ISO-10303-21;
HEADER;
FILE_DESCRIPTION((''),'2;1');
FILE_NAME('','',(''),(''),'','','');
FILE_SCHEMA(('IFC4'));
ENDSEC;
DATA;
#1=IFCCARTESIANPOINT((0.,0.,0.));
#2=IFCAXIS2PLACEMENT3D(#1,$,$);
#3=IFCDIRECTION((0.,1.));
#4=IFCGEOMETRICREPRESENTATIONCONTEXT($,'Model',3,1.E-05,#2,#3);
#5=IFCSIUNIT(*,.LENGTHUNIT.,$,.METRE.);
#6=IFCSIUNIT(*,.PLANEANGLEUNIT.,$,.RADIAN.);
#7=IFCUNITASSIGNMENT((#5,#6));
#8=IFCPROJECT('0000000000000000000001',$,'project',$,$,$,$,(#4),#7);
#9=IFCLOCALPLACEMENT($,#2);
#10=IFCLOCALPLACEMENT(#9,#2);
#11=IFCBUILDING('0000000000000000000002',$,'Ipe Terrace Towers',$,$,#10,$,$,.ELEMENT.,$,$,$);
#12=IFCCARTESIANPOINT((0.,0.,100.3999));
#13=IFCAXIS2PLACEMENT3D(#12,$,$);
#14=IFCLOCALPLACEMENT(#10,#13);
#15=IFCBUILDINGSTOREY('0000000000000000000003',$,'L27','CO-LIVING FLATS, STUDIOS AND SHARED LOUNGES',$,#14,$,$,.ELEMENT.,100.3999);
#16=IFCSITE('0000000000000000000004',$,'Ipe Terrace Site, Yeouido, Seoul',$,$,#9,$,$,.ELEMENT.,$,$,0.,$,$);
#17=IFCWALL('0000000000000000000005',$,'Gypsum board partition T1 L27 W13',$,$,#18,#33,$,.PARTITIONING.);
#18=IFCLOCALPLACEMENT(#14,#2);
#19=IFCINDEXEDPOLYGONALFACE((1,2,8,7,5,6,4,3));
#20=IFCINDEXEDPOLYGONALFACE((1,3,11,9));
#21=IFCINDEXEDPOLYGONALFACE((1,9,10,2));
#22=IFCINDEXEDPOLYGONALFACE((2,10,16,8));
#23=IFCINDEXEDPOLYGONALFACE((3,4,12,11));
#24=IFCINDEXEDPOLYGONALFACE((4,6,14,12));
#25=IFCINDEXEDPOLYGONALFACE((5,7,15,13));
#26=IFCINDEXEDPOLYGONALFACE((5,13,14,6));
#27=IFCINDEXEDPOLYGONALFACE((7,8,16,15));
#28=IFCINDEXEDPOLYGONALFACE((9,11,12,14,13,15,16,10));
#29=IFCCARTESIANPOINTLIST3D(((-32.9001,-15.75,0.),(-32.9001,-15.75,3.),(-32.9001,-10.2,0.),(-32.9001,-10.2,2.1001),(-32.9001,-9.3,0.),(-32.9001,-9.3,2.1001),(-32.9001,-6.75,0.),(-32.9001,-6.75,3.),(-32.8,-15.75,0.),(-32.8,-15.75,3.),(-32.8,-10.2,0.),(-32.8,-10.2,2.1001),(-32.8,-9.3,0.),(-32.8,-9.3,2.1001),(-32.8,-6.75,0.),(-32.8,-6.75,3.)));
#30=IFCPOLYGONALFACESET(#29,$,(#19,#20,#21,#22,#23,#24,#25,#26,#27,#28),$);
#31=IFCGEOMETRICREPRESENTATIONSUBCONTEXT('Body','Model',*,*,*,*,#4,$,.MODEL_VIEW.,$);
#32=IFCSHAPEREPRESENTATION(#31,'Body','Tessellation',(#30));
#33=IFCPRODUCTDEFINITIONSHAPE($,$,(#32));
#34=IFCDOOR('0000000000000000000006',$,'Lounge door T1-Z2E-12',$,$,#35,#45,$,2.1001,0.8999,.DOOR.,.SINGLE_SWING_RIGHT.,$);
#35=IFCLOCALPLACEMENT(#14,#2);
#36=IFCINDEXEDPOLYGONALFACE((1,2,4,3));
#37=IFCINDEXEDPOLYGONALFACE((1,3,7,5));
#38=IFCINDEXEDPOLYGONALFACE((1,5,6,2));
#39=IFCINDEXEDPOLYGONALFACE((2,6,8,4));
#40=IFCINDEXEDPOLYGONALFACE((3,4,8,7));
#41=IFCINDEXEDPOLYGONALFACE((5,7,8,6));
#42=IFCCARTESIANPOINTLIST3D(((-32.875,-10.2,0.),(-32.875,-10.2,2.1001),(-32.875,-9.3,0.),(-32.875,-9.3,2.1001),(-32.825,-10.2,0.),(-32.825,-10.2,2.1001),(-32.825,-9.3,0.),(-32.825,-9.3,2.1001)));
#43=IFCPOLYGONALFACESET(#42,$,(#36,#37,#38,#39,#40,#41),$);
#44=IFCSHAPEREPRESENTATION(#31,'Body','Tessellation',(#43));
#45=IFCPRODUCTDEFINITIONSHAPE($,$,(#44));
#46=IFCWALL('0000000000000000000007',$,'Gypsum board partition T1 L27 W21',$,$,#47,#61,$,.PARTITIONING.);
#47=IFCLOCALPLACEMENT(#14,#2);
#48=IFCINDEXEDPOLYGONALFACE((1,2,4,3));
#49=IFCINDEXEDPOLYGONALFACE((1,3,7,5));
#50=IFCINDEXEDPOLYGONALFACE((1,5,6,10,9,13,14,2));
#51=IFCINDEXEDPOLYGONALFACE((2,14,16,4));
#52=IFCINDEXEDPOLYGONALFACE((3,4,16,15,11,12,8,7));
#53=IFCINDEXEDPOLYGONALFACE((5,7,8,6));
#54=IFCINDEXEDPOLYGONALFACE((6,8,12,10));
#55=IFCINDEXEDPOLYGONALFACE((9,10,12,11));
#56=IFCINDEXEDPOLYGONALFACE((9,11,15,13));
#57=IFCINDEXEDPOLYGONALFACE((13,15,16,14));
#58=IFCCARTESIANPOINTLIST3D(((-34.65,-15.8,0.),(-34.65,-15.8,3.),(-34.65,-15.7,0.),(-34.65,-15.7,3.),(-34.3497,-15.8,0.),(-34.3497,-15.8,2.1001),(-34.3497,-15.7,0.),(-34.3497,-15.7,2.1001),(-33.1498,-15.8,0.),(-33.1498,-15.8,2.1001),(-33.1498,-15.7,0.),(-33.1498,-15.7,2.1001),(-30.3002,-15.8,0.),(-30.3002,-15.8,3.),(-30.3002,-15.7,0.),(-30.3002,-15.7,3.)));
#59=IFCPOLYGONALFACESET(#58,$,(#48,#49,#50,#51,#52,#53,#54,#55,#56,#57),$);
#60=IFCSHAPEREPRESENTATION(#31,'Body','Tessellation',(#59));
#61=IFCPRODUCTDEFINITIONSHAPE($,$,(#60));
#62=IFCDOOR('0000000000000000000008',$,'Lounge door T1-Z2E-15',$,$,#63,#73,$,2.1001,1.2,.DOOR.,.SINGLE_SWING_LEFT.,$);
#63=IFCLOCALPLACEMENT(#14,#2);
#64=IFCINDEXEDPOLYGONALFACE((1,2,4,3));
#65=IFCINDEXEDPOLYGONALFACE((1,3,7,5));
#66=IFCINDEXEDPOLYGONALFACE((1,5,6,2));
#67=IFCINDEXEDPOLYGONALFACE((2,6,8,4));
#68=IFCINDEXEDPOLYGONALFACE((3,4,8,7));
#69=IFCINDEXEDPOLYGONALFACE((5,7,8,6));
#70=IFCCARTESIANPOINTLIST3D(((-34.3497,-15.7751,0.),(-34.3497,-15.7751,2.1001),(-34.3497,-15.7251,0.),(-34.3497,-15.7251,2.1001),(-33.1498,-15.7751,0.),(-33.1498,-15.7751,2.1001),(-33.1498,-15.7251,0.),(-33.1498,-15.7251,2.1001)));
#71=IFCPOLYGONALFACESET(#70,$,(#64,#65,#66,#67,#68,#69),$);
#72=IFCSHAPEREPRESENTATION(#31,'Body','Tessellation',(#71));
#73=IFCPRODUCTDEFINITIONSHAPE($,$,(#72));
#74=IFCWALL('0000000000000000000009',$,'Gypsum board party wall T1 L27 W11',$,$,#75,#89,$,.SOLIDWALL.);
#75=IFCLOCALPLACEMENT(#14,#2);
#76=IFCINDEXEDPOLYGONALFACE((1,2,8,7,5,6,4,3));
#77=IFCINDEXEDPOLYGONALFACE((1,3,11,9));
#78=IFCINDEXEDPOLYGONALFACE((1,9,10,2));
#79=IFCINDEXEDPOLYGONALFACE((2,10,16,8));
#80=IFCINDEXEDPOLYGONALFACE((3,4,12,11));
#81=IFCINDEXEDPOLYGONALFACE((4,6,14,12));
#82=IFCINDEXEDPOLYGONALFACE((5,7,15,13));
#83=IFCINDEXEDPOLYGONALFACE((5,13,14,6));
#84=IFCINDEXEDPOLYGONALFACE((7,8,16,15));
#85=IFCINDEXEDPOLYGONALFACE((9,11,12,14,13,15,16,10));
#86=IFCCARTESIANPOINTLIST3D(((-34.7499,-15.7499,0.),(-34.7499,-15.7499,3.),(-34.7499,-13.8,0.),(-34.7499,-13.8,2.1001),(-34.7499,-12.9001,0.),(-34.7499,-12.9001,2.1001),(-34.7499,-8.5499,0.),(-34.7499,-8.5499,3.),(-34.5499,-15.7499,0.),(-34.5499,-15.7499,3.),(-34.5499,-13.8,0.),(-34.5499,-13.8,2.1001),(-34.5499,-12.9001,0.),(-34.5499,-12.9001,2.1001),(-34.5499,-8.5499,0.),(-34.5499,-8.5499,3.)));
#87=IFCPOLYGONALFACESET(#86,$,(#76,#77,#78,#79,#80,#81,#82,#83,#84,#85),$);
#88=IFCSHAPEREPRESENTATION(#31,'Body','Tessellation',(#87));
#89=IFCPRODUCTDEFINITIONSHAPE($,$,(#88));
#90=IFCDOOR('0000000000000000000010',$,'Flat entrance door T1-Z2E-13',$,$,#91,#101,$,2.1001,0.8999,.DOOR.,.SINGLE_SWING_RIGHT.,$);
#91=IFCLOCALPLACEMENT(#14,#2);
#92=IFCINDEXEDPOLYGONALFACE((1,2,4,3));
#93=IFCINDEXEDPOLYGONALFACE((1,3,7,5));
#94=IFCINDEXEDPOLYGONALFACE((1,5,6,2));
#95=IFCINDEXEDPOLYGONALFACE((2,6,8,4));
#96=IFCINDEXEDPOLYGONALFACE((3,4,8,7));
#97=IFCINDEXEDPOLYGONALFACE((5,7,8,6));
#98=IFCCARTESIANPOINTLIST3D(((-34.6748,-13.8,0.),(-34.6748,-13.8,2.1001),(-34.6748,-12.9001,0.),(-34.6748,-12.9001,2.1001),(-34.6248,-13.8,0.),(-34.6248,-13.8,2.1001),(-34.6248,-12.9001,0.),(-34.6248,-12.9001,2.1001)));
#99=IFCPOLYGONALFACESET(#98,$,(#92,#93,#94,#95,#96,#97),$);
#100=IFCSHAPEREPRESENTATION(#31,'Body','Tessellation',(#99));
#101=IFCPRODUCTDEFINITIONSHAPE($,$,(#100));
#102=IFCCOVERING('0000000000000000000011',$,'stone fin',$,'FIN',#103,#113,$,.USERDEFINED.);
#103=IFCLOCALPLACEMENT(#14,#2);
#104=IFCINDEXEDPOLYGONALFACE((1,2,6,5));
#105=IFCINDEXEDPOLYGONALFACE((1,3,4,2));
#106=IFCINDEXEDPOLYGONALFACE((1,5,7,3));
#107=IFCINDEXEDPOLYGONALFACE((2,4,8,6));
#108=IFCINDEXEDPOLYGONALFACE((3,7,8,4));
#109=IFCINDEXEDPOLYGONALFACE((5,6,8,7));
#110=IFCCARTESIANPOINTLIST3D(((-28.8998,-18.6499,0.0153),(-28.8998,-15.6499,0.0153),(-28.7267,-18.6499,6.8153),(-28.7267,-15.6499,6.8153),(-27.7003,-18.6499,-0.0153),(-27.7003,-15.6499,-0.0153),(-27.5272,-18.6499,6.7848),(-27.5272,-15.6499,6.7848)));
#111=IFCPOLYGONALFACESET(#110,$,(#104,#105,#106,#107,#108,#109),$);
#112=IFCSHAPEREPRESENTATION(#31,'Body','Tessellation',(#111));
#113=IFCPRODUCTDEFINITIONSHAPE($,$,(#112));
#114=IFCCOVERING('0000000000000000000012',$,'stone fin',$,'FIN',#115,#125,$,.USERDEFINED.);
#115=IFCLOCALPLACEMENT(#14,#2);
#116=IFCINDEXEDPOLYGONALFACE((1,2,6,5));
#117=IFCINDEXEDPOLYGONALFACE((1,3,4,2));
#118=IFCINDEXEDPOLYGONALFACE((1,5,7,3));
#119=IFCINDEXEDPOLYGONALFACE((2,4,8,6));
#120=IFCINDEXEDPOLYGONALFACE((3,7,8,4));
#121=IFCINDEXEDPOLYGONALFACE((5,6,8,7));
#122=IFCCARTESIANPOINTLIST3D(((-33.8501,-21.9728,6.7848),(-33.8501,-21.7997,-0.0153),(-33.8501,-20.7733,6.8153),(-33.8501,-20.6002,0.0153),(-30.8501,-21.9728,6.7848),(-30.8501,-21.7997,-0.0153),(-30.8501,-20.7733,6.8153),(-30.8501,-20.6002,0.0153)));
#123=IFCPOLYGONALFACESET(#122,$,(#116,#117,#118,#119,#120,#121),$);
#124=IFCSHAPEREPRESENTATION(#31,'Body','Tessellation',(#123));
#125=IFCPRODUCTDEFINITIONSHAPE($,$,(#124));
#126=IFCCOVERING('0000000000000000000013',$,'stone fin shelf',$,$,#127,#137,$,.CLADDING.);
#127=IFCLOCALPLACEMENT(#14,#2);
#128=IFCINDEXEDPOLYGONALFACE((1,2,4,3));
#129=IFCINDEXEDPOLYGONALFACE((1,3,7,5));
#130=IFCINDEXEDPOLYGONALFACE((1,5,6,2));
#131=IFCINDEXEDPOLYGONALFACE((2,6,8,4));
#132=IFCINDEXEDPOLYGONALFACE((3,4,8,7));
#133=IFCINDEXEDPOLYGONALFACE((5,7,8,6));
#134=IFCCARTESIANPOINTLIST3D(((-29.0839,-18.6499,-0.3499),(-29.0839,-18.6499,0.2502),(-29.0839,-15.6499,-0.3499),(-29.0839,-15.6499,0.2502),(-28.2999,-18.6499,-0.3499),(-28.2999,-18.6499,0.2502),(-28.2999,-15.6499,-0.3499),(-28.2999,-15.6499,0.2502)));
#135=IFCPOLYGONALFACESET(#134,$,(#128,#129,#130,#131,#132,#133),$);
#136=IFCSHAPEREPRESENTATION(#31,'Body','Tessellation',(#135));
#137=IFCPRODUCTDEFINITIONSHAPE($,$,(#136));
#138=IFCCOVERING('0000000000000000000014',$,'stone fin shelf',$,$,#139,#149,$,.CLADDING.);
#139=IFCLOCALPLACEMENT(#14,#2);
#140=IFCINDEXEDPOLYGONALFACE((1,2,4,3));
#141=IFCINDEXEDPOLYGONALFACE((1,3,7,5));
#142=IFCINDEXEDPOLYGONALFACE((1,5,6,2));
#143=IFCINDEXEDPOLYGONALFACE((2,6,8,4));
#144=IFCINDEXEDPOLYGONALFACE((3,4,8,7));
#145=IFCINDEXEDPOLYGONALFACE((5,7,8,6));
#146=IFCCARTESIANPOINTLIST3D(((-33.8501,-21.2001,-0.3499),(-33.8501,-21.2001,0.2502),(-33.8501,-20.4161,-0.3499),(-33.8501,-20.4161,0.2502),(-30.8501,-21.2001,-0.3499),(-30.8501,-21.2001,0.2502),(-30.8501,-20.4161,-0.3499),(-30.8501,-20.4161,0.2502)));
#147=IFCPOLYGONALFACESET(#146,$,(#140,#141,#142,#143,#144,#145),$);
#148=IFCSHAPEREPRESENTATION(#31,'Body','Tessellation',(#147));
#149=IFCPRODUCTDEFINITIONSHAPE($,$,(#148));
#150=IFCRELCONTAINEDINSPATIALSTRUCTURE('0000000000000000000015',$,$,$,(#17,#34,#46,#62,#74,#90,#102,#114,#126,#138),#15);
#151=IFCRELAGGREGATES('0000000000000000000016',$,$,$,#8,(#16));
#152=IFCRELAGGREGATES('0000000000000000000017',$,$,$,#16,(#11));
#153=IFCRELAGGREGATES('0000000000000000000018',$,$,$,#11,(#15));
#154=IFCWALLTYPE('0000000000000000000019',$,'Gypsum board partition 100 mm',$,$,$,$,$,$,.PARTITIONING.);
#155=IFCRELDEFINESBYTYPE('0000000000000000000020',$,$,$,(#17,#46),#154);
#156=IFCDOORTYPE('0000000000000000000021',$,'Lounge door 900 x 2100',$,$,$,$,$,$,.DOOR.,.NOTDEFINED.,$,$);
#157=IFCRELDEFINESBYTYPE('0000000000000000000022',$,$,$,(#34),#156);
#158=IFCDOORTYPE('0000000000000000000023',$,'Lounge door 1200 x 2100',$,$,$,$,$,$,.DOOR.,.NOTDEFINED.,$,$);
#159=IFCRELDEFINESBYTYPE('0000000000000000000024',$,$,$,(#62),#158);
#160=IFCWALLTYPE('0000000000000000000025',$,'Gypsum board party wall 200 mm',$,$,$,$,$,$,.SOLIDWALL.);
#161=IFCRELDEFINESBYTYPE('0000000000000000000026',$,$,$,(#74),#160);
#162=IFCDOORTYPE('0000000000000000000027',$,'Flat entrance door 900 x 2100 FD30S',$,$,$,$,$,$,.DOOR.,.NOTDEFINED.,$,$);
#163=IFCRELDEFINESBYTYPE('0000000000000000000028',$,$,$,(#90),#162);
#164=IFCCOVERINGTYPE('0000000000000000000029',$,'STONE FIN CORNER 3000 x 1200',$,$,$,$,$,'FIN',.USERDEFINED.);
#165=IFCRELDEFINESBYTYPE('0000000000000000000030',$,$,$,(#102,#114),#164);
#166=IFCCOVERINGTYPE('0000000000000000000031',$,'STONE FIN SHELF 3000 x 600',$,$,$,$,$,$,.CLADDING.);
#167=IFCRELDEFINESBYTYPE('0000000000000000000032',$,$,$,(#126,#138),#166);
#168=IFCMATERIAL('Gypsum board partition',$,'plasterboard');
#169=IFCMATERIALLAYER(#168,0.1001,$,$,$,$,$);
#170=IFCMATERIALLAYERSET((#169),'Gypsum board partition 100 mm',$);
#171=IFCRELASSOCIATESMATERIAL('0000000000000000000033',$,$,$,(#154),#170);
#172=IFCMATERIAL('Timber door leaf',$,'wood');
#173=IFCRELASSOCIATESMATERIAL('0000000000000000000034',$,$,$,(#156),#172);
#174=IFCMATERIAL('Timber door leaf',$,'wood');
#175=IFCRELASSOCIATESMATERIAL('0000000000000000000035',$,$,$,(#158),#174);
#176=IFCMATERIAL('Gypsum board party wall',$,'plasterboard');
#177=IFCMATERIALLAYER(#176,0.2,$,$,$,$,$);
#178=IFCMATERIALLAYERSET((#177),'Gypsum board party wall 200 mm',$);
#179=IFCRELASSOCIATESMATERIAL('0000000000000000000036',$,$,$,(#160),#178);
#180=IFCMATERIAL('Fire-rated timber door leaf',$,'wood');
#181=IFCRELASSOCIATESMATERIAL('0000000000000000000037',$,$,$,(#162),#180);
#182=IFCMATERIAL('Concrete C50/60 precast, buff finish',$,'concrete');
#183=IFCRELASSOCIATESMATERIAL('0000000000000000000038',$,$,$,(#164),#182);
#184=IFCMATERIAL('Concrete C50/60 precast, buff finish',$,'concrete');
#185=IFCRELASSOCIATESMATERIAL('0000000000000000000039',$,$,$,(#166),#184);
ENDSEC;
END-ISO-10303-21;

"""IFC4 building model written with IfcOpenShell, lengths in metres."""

from ifc_helpers import new_model, si_unit, direction, frame, frame_2d, origin, origin_2d, place, context, subcontext, project, spatial, rectangle, extrude, material, layer, layer_set, material_profile, profile_set, type_object, element, fill, save


model = new_model("IFC4")

# Units and contexts
model_context = context("Model", 3, precision=1e-05, world=origin(), true_north=direction((0.0, 1.0)))
body_context = subcontext(model_context, "Body", "Model", "MODEL_VIEW")
ifc_project = project(units=[si_unit("LENGTHUNIT", "METRE"), si_unit("PLANEANGLEUNIT", "RADIAN")], contexts=[model_context])

# Site, building, storey
site_placement = place(None, origin())
site = spatial("IfcSite", under=ifc_project, at=site_placement, Name="Ipe Terrace Site, Yeouido, Seoul", CompositionType="ELEMENT", RefElevation=0.0)
building_placement = place(site_placement, origin())
building = spatial("IfcBuilding", under=site, at=building_placement, Name="Ipe Terrace Towers", CompositionType="ELEMENT")
storey_placement = place(building_placement, frame((0.0, 0.0, 100.3999)))
storey = spatial("IfcBuildingStorey", under=building, at=storey_placement, Name="L27", Description="CO-LIVING FLATS, STUDIOS AND SHARED LOUNGES", CompositionType="ELEMENT", Elevation=100.3999)

# Walls, openings, doors
ifc_material_1 = material(Name="Gypsum board partition", Category="plasterboard")
ifc_layer_1 = layer(ifc_material_1, 0.1001)
ifc_layer_set_1 = layer_set([ifc_layer_1], Name="Gypsum board partition 100 mm")
wall_type_1 = type_object("IfcWallType", Name="Gypsum board partition 100 mm", PredefinedType="PARTITIONING", material=ifc_layer_set_1)
wall_1_placement = place(storey_placement, frame((-32.8501, -15.75, 0.0), z_axis=(0.0, 0.0, 1.0), x_axis=(0.0, 1.0, 0.0)))
wall_1 = element("IfcWall", 1, at=wall_1_placement, inside=storey, type_object=wall_type_1, Name="Gypsum board partition T1 L27 W13", PredefinedType="PARTITIONING", context=body_context, shape_type="SweptSolid", body=[
    extrude(rectangle(XDim=9.0, YDim=0.1001, at=frame_2d((4.5, 0.0))), origin(), (0.0, 0.0, 1.0), 3.0),
])
opening_1_placement = place(wall_1_placement, frame((5.55, 0.0, 0.0)))
opening_1 = element("IfcOpeningElement", 2, at=opening_1_placement, cuts=wall_1, PredefinedType="OPENING", context=body_context, shape_type="SweptSolid", body=[
    extrude(rectangle(XDim=0.8999, YDim=2.1001, at=frame_2d((0.45, 1.05))), frame((0.0, 0.0601, 0.0), z_axis=(0.0, -1.0, 0.0), x_axis=(1.0, 0.0, 0.0)), (0.0, 0.0, 1.0), 0.1201),
])
ifc_material_2 = material(Name="Timber door leaf", Category="wood")
door_type_1 = type_object("IfcDoorType", Name="Lounge door 900 x 2100", OperationType="NOTDEFINED", PredefinedType="DOOR", material=ifc_material_2)
door_1_placement = place(opening_1_placement, origin())
door_1 = element("IfcDoor", 3, at=door_1_placement, inside=storey, type_object=door_type_1, Name="Lounge door T1-Z2E-12", OperationType="SINGLE_SWING_RIGHT", OverallHeight=2.1001, OverallWidth=0.8999, PredefinedType="DOOR", context=body_context, shape_type="SweptSolid", body=[
    extrude(rectangle(XDim=0.8999, YDim=2.1001, at=frame_2d((0.45, 1.05))), frame((0.0, 0.0249, 0.0), z_axis=(0.0, -1.0, 0.0), x_axis=(1.0, 0.0, 0.0)), (0.0, 0.0, 1.0), 0.05),
])
fill(opening_1, door_1)
wall_2_placement = place(storey_placement, frame((-34.6499, -15.75, 0.0), z_axis=(0.0, 0.0, 1.0), x_axis=(1.0, 0.0, 0.0)))
wall_2 = element("IfcWall", 4, at=wall_2_placement, inside=storey, type_object=wall_type_1, Name="Gypsum board partition T1 L27 W21", PredefinedType="PARTITIONING", context=body_context, shape_type="SweptSolid", body=[
    extrude(rectangle(XDim=4.3499, YDim=0.1001, at=frame_2d((2.1748, 0.0))), origin(), (0.0, 0.0, 1.0), 3.0),
])
opening_2_placement = place(wall_2_placement, frame((0.3, 0.0, 0.0)))
opening_2 = element("IfcOpeningElement", 5, at=opening_2_placement, cuts=wall_2, PredefinedType="OPENING", context=body_context, shape_type="SweptSolid", body=[
    extrude(rectangle(XDim=1.2, YDim=2.1001, at=frame_2d((0.6001, 1.05))), frame((0.0, 0.0601, 0.0), z_axis=(0.0, -1.0, 0.0), x_axis=(1.0, 0.0, 0.0)), (0.0, 0.0, 1.0), 0.1201),
])
ifc_material_3 = material(Name="Timber door leaf", Category="wood")
door_type_2 = type_object("IfcDoorType", Name="Lounge door 1200 x 2100", OperationType="NOTDEFINED", PredefinedType="DOOR", material=ifc_material_3)
door_2_placement = place(opening_2_placement, origin())
door_2 = element("IfcDoor", 6, at=door_2_placement, inside=storey, type_object=door_type_2, Name="Lounge door T1-Z2E-15", OperationType="SINGLE_SWING_LEFT", OverallHeight=2.1001, OverallWidth=1.2, PredefinedType="DOOR", context=body_context, shape_type="SweptSolid", body=[
    extrude(rectangle(XDim=1.2, YDim=2.1001, at=frame_2d((0.6001, 1.05))), frame((0.0, 0.0249, 0.0), z_axis=(0.0, -1.0, 0.0), x_axis=(1.0, 0.0, 0.0)), (0.0, 0.0, 1.0), 0.05),
])
fill(opening_2, door_2)
ifc_material_4 = material(Name="Gypsum board party wall", Category="plasterboard")
ifc_layer_2 = layer(ifc_material_4, 0.2)
ifc_layer_set_2 = layer_set([ifc_layer_2], Name="Gypsum board party wall 200 mm")
wall_type_2 = type_object("IfcWallType", Name="Gypsum board party wall 200 mm", PredefinedType="SOLIDWALL", material=ifc_layer_set_2)
wall_3_placement = place(storey_placement, frame((-34.6499, -15.75, 0.0), z_axis=(0.0, 0.0, 1.0), x_axis=(0.0, 1.0, 0.0)))
wall_3 = element("IfcWall", 7, at=wall_3_placement, inside=storey, type_object=wall_type_2, Name="Gypsum board party wall T1 L27 W11", PredefinedType="SOLIDWALL", context=body_context, shape_type="SweptSolid", body=[
    extrude(rectangle(XDim=7.2, YDim=0.2, at=frame_2d((3.6001, 0.0))), origin(), (0.0, 0.0, 1.0), 3.0),
])
opening_3_placement = place(wall_3_placement, frame((1.95, 0.0, 0.0)))
opening_3 = element("IfcOpeningElement", 8, at=opening_3_placement, cuts=wall_3, PredefinedType="OPENING", context=body_context, shape_type="SweptSolid", body=[
    extrude(rectangle(XDim=0.8999, YDim=2.1001, at=frame_2d((0.45, 1.05))), frame((0.0, 0.1099, 0.0), z_axis=(0.0, -1.0, 0.0), x_axis=(1.0, 0.0, 0.0)), (0.0, 0.0, 1.0), 0.22),
])
ifc_material_5 = material(Name="Fire-rated timber door leaf", Category="wood")
door_type_3 = type_object("IfcDoorType", Name="Flat entrance door 900 x 2100 FD30S", OperationType="NOTDEFINED", PredefinedType="DOOR", material=ifc_material_5)
door_3_placement = place(opening_3_placement, origin())
door_3 = element("IfcDoor", 9, at=door_3_placement, inside=storey, type_object=door_type_3, Name="Flat entrance door T1-Z2E-13", OperationType="SINGLE_SWING_RIGHT", OverallHeight=2.1001, OverallWidth=0.8999, PredefinedType="DOOR", context=body_context, shape_type="SweptSolid", body=[
    extrude(rectangle(XDim=0.8999, YDim=2.1001, at=frame_2d((0.45, 1.05))), frame((0.0, 0.0249, 0.0), z_axis=(0.0, -1.0, 0.0), x_axis=(1.0, 0.0, 0.0)), (0.0, 0.0, 1.0), 0.05),
])
fill(opening_3, door_3)

# Coverings
ifc_material_6 = material(Name="Concrete C50/60 precast, buff finish", Category="concrete")
ifc_material_profile_1 = material_profile(ifc_material_6, rectangle(XDim=3.0, YDim=1.2, at=origin_2d()), Name="STONE FIN CORNER 3000 x 1200")
ifc_profile_set_1 = profile_set([ifc_material_profile_1], Name="Concrete C50/60 precast, buff finish")
covering_type_1 = type_object("IfcCoveringType", Name="STONE FIN CORNER 3000 x 1200", ElementType="FIN", PredefinedType="USERDEFINED", material=ifc_profile_set_1)
for number, where, z_axis, x_axis, name in (
    (10, (-28.3, -17.1499, 0.0), (0.025447, 0.0, 0.999676), (0.0, 1.0, 0.0), "stone fin"),
    (11, (-32.3501, -21.2, 0.0), (0.0, -0.025447, 0.999676), (1.0, 0.0, 0.0), "stone fin"),
):
    element("IfcCovering", number, at=place(storey_placement, frame(where, z_axis=z_axis, x_axis=x_axis)), inside=storey, type_object=covering_type_1, Name=name, ObjectType="FIN", PredefinedType="USERDEFINED", context=body_context, shape_type="SweptSolid", body=[
        extrude(rectangle(XDim=3.0, YDim=1.2, at=origin_2d()), origin(), (0.0, 0.0, 1.0), 6.8022),
    ])
ifc_material_7 = material(Name="Concrete C50/60 precast, buff finish", Category="concrete")
covering_type_2 = type_object("IfcCoveringType", Name="STONE FIN SHELF 3000 x 600", PredefinedType="CLADDING", material=ifc_material_7)
for number, where, z_axis, x_axis, name in (
    (12, (-28.6919, -17.1499, -0.3499), (0.0, 0.0, 1.0), (0.0, 1.0, 0.0), "stone fin shelf"),
    (13, (-32.3501, -20.8081, -0.3499), (0.0, 0.0, 1.0), (1.0, 0.0, 0.0), "stone fin shelf"),
):
    element("IfcCovering", number, at=place(storey_placement, frame(where, z_axis=z_axis, x_axis=x_axis)), inside=storey, type_object=covering_type_2, Name=name, PredefinedType="CLADDING", context=body_context, shape_type="SweptSolid", body=[
        extrude(rectangle(XDim=3.0, YDim=0.7839, at=origin_2d()), origin(), (0.0, 0.0, 1.0), 0.6001),
    ])

save(model, "model.ifc")
